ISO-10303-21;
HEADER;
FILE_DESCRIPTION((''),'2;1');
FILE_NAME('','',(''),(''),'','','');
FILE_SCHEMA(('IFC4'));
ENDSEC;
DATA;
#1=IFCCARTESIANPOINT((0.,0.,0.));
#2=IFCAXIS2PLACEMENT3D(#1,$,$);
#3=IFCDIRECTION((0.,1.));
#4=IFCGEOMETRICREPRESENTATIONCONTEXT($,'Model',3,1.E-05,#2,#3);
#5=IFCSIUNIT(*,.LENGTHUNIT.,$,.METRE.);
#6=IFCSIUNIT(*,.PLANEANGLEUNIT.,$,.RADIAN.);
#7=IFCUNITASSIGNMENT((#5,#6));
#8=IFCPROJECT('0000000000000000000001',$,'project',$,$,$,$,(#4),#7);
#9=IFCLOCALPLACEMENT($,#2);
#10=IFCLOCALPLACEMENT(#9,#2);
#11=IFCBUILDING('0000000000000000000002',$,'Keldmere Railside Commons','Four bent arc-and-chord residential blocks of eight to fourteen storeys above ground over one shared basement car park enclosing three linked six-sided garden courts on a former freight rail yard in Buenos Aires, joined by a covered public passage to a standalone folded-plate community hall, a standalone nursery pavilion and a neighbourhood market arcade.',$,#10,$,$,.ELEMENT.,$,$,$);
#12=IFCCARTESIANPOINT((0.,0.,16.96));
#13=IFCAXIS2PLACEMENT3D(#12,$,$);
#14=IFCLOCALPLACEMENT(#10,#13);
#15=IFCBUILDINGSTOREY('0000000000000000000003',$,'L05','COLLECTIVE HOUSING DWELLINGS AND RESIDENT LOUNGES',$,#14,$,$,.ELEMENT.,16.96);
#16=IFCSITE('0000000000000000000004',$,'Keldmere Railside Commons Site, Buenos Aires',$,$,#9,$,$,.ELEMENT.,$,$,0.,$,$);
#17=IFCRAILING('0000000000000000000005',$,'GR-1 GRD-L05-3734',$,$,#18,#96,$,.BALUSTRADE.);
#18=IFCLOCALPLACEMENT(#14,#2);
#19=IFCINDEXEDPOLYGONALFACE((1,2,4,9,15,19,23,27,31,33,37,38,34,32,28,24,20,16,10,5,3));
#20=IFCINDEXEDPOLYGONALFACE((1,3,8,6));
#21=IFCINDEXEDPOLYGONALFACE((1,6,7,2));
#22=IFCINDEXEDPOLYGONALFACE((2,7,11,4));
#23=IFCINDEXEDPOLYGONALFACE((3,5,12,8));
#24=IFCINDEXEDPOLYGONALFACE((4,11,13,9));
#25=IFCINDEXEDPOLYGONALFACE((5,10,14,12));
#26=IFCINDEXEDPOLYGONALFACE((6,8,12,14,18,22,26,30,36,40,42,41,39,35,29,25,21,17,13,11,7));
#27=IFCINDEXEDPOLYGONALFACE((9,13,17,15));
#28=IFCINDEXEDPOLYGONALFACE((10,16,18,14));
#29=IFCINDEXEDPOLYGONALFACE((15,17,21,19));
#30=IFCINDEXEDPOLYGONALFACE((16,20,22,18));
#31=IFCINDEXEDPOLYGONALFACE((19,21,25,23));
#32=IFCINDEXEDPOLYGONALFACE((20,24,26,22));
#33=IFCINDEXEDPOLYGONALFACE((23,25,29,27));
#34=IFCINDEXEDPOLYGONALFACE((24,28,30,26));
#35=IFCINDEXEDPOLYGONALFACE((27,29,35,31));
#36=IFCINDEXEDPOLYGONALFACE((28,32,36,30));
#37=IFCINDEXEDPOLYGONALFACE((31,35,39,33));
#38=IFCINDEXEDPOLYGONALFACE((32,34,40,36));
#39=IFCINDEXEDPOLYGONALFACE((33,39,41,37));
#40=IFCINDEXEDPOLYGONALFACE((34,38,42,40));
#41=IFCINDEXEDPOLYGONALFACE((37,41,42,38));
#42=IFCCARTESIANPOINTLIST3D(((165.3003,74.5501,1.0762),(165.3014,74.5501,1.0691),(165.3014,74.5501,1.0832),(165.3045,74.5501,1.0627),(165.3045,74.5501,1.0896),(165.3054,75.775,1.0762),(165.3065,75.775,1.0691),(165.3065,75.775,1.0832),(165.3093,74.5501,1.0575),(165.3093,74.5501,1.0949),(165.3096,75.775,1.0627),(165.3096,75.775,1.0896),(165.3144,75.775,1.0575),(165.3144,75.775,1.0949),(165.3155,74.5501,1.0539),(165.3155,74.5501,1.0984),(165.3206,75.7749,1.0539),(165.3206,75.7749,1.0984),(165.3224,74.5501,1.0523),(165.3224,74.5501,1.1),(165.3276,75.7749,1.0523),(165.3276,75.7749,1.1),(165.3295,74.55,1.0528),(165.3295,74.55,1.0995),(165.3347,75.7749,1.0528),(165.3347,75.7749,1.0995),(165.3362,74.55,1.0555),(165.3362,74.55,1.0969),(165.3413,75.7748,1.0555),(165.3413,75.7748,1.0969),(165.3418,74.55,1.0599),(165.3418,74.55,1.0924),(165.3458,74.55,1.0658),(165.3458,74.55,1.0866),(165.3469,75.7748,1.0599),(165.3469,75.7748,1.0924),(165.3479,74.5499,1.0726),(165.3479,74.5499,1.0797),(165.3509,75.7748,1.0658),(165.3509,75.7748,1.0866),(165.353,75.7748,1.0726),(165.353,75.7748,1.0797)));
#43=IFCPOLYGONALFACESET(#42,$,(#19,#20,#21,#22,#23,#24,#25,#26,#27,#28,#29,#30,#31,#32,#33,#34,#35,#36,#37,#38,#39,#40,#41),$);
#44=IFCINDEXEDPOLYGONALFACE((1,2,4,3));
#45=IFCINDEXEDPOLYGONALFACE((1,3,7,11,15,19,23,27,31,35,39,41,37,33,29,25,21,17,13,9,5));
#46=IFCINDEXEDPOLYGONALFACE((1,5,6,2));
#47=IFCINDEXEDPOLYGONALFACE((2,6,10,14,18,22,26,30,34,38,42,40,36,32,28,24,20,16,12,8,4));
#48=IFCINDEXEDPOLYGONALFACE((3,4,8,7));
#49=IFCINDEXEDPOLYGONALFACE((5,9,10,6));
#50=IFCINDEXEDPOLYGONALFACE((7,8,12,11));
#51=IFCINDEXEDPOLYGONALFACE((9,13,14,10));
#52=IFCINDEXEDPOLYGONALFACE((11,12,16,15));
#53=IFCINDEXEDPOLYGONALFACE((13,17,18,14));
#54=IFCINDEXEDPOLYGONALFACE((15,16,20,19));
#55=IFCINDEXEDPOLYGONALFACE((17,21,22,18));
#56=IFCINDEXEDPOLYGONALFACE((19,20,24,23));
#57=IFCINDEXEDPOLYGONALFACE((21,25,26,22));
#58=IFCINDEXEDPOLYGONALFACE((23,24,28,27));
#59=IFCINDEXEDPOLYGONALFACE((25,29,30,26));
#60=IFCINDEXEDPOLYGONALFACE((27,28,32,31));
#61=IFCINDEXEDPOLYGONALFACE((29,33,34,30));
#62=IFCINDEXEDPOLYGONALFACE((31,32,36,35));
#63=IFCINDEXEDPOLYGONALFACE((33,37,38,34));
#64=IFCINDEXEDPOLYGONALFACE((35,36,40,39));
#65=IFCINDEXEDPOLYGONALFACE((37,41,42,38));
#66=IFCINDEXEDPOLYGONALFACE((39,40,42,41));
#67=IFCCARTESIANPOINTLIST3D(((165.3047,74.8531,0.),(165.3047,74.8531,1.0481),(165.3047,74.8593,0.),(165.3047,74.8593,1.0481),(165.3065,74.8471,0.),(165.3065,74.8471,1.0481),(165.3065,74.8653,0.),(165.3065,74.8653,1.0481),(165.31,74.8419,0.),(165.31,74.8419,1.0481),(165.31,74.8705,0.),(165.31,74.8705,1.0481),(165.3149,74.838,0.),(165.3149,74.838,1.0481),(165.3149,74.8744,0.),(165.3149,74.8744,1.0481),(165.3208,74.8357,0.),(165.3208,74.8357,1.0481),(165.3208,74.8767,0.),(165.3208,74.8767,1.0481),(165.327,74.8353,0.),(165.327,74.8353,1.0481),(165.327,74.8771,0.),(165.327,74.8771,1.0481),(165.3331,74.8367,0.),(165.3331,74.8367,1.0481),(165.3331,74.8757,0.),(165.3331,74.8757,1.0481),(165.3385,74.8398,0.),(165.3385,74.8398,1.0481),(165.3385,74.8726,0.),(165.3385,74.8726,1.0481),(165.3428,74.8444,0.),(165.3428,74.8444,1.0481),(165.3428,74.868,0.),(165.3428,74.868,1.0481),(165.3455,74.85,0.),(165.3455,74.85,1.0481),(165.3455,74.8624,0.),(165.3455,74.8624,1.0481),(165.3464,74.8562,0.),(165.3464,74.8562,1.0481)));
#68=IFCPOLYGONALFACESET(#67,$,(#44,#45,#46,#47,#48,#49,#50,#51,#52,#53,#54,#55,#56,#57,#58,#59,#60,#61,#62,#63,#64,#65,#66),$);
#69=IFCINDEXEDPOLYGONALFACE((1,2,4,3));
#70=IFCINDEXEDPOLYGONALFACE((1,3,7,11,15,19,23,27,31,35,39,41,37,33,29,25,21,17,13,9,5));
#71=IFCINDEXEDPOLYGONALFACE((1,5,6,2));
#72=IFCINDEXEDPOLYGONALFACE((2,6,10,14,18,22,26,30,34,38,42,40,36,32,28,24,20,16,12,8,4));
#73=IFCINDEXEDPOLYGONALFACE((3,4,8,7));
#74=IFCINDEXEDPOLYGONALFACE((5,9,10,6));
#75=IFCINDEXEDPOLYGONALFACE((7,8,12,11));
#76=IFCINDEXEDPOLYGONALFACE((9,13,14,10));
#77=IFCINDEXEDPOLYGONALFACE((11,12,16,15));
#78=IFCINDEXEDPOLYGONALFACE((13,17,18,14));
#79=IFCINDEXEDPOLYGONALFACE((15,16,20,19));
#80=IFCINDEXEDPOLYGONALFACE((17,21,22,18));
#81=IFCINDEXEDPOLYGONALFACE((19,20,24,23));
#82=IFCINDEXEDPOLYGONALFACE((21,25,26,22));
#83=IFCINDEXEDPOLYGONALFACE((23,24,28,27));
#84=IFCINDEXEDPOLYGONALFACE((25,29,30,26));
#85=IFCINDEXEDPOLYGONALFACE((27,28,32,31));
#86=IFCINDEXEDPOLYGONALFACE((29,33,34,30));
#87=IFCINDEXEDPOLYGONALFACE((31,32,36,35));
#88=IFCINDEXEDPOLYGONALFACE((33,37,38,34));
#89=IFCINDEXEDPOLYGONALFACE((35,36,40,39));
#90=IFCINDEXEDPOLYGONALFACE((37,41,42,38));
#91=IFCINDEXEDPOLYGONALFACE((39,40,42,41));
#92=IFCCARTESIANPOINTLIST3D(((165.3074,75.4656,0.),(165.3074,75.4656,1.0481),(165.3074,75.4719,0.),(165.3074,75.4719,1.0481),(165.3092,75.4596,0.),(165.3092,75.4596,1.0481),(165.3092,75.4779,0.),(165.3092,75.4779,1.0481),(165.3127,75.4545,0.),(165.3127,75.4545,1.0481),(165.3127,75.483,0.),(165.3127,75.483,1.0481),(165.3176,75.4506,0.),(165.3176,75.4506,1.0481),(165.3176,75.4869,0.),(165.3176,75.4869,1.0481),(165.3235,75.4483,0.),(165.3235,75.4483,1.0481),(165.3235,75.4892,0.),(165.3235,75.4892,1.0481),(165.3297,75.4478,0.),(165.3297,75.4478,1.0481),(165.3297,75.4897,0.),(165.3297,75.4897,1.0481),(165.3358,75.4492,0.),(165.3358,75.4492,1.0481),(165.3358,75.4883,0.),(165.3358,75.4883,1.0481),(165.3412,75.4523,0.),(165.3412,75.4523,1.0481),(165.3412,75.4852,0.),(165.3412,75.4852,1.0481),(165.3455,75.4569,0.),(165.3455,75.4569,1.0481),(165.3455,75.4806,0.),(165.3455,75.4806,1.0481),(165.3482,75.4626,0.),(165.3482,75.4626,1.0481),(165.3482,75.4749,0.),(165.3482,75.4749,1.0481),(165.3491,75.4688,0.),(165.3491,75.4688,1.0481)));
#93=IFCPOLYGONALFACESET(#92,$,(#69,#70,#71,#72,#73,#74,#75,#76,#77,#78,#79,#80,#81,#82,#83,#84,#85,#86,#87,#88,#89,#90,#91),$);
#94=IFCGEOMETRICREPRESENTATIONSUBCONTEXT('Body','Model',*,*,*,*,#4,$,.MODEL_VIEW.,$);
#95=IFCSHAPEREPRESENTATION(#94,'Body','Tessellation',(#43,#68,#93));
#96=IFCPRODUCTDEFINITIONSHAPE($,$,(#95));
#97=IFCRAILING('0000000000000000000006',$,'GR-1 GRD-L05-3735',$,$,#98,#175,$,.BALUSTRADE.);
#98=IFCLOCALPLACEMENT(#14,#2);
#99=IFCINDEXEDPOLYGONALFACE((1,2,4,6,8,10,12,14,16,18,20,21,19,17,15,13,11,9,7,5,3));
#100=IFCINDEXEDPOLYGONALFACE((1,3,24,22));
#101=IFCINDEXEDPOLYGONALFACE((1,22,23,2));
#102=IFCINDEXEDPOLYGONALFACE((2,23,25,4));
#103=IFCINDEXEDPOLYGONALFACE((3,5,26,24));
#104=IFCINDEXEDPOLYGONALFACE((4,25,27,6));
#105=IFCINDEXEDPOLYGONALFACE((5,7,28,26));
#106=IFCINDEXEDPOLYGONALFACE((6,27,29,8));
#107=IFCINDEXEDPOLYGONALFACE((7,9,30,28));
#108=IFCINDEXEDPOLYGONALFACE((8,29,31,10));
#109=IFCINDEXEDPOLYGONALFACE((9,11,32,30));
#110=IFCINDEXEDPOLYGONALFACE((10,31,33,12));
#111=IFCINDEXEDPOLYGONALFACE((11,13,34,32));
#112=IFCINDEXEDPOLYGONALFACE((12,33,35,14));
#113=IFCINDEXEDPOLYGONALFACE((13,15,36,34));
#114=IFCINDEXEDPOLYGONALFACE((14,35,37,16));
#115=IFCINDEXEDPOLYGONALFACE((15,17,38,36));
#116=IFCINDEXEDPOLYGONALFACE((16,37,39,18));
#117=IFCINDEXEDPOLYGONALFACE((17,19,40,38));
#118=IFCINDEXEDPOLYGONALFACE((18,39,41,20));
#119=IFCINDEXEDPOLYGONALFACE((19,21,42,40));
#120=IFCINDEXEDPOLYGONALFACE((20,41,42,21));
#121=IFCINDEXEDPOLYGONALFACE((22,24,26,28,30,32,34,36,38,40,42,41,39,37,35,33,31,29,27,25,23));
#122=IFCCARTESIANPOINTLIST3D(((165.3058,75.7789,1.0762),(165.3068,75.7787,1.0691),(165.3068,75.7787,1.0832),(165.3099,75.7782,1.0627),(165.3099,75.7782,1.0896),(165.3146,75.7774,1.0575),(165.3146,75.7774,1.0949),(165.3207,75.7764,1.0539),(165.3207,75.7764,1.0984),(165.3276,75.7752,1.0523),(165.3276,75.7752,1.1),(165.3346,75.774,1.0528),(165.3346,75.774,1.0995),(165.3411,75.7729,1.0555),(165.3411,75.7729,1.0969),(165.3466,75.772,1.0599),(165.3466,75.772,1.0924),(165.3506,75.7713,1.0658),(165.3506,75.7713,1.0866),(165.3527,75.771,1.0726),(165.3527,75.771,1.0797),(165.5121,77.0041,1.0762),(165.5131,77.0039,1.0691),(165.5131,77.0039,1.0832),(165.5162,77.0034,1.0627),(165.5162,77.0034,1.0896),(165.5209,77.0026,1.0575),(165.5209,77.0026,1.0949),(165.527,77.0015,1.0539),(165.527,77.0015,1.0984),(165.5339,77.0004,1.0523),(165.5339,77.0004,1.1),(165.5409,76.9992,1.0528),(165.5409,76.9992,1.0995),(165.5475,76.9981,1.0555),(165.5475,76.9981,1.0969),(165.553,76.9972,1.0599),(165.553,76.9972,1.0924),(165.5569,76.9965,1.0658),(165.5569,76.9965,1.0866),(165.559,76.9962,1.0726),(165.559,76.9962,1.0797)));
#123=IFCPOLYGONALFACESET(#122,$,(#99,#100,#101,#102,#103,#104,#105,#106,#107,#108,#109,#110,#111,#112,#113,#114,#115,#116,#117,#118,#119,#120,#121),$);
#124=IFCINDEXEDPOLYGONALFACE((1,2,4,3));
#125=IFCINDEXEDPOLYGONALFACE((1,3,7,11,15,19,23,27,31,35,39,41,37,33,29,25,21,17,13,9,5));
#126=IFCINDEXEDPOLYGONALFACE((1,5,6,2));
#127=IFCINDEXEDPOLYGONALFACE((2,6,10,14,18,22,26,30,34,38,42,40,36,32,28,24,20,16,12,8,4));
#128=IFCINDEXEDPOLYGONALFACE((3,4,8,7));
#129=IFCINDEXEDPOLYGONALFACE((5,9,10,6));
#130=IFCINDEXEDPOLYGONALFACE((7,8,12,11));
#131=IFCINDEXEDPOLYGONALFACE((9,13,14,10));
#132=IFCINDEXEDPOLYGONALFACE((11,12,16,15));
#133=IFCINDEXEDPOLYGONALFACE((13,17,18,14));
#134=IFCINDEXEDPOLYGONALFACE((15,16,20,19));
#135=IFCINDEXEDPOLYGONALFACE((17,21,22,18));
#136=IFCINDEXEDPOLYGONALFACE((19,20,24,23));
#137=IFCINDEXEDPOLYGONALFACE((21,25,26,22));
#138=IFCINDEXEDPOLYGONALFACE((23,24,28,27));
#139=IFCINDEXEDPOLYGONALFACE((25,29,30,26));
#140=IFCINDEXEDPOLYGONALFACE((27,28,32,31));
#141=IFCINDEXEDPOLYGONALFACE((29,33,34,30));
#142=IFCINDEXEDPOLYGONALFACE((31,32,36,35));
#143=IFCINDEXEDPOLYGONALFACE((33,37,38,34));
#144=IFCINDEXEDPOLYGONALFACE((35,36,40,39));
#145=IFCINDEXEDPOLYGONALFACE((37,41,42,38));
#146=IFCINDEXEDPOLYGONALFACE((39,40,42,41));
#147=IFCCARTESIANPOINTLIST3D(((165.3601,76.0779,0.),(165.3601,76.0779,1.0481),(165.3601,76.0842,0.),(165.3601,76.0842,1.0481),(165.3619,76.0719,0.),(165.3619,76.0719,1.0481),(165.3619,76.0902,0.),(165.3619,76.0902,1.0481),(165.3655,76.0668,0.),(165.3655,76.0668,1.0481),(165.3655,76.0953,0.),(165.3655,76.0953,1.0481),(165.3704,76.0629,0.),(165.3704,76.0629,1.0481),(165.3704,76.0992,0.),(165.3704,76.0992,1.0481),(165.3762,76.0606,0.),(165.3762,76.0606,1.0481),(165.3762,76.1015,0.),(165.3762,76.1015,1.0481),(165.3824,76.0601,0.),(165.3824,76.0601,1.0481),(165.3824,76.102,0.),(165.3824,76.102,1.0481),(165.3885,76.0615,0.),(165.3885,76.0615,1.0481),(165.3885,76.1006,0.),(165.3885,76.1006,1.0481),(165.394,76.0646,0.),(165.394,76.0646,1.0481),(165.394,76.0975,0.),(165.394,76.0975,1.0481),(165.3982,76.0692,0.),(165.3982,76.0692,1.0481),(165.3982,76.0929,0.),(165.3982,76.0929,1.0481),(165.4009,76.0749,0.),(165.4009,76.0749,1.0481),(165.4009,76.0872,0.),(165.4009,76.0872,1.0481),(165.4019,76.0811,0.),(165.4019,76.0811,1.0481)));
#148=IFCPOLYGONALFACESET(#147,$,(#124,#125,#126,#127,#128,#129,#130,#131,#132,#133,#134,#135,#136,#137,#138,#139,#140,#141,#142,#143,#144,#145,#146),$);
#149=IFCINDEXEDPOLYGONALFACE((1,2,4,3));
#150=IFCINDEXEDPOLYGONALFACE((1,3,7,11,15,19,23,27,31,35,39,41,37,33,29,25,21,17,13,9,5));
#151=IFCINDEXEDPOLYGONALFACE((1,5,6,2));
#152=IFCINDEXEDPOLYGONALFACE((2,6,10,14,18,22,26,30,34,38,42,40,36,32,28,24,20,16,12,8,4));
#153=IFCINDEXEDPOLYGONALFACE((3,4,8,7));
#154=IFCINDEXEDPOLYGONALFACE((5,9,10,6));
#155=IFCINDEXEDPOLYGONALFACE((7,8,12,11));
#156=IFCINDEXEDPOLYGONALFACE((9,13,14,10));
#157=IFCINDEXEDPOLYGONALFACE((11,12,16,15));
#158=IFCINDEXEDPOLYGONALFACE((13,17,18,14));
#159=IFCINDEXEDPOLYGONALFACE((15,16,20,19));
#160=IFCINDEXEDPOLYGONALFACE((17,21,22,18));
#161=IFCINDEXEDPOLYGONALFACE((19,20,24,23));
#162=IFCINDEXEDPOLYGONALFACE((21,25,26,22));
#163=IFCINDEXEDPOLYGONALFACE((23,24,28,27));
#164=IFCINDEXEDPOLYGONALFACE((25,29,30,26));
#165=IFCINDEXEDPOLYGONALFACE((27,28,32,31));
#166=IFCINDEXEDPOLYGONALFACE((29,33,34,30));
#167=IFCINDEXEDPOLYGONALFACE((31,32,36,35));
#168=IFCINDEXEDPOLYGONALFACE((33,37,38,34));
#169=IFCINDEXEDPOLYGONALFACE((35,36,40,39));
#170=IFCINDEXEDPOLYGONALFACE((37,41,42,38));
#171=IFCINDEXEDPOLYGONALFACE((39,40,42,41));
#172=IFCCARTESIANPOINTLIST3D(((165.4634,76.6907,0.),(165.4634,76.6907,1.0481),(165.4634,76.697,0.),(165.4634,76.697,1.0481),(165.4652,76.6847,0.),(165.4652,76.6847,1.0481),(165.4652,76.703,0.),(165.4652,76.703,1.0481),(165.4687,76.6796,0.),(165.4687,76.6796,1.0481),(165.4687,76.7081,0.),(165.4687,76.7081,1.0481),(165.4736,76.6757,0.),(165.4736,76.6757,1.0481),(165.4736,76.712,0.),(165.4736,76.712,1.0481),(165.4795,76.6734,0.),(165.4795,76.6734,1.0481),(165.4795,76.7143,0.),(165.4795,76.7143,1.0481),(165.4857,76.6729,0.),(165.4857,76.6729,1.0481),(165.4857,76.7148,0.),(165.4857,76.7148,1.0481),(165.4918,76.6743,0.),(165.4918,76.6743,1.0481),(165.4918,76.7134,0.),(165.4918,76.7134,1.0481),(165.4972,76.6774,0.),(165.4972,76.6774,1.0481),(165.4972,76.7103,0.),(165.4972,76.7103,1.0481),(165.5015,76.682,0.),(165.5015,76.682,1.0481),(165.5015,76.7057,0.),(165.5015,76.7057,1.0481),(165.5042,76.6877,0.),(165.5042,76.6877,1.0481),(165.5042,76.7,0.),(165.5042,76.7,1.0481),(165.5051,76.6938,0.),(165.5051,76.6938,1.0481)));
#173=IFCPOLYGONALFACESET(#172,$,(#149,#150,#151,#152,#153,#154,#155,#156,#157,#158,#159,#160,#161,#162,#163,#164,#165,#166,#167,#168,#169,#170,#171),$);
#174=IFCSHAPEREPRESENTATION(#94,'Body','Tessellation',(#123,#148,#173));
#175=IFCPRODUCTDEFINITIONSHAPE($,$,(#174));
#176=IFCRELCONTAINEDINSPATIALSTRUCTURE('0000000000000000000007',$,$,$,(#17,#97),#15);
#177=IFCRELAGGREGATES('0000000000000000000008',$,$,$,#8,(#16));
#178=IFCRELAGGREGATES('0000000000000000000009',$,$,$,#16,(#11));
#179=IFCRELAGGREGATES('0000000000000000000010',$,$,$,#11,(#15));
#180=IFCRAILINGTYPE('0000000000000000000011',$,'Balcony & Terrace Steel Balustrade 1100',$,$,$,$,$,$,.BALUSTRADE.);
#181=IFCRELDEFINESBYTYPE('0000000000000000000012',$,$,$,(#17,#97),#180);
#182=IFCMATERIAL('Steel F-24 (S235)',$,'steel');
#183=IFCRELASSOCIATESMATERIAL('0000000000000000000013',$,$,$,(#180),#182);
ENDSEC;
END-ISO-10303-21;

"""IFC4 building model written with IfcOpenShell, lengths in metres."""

from ifc_helpers import new_model, si_unit, direction, frame, origin, origin_2d, place, context, subcontext, project, spatial, circle, extrude, material, type_object, element, save


model = new_model("IFC4")

# Units and contexts
model_context = context("Model", 3, precision=1e-05, world=origin(), true_north=direction((0.0, 1.0)))
body_context = subcontext(model_context, "Body", "Model", "MODEL_VIEW")
ifc_project = project(units=[si_unit("LENGTHUNIT", "METRE"), si_unit("PLANEANGLEUNIT", "RADIAN")], contexts=[model_context])

# Site, building, storey
site_placement = place(None, origin())
site = spatial("IfcSite", under=ifc_project, at=site_placement, Name="Keldmere Railside Commons Site, Buenos Aires", CompositionType="ELEMENT", RefElevation=0.0)
building_placement = place(site_placement, origin())
building = spatial("IfcBuilding", under=site, at=building_placement, Name="Keldmere Railside Commons", Description="Four bent arc-and-chord residential blocks of eight to fourteen storeys above ground over one shared basement car park enclosing three linked six-sided garden courts on a former freight rail yard in Buenos Aires, joined by a covered public passage to a standalone folded-plate community hall, a standalone nursery pavilion and a neighbourhood market arcade.", CompositionType="ELEMENT")
storey_placement = place(building_placement, frame((0.0, 0.0, 16.96)))
storey = spatial("IfcBuildingStorey", under=building, at=storey_placement, Name="L05", Description="COLLECTIVE HOUSING DWELLINGS AND RESIDENT LOUNGES", CompositionType="ELEMENT", Elevation=16.96)

# Shared definitions
ifc_material_1 = material(Name="Steel F-24 (S235)", Category="steel")

# Railings
railing_type_1 = type_object("IfcRailingType", Name="Balcony & Terrace Steel Balustrade 1100", PredefinedType="BALUSTRADE", material=ifc_material_1)
railing_1_placement = place(storey_placement, frame((165.3242, 74.55, 0.0)))
element("IfcRailing", 1, at=railing_1_placement, inside=storey, type_object=railing_type_1, Name="GR-1 GRD-L05-3734", PredefinedType="BALUSTRADE", context=body_context, shape_type="SweptSolid", body=[
    extrude(circle(Radius=0.0239, at=origin_2d()), frame((0.0, 0.0, 1.0762), z_axis=(0.004186, 0.999991, 0.0), x_axis=(-0.999991, 0.004186, 0.0)), (0.0, 0.0, 1.0), 1.2249),
    extrude(circle(Radius=0.021, at=origin_2d()), frame((0.0012, 0.3062, 0.0)), (0.0, 0.0, 1.0), 1.0481),
    extrude(circle(Radius=0.021, at=origin_2d()), frame((0.0039, 0.9187, 0.0)), (0.0, 0.0, 1.0), 1.0481),
])
railing_2_placement = place(storey_placement, frame((165.3293, 75.7749, 0.0)))
element("IfcRailing", 2, at=railing_2_placement, inside=storey, type_object=railing_type_1, Name="GR-1 GRD-L05-3735", PredefinedType="BALUSTRADE", context=body_context, shape_type="SweptSolid", body=[
    extrude(circle(Radius=0.0239, at=origin_2d()), frame((0.0, 0.0, 1.0762), z_axis=(0.166056, 0.986116, 0.0), x_axis=(-0.986116, 0.166056, 0.0)), (0.0, 0.0, 1.0), 1.2424),
    extrude(circle(Radius=0.021, at=origin_2d()), frame((0.0515, 0.3062, 0.0)), (0.0, 0.0, 1.0), 1.0481),
    extrude(circle(Radius=0.021, at=origin_2d()), frame((0.1548, 0.9189, 0.0)), (0.0, 0.0, 1.0), 1.0481),
])

save(model, "model.ifc")
